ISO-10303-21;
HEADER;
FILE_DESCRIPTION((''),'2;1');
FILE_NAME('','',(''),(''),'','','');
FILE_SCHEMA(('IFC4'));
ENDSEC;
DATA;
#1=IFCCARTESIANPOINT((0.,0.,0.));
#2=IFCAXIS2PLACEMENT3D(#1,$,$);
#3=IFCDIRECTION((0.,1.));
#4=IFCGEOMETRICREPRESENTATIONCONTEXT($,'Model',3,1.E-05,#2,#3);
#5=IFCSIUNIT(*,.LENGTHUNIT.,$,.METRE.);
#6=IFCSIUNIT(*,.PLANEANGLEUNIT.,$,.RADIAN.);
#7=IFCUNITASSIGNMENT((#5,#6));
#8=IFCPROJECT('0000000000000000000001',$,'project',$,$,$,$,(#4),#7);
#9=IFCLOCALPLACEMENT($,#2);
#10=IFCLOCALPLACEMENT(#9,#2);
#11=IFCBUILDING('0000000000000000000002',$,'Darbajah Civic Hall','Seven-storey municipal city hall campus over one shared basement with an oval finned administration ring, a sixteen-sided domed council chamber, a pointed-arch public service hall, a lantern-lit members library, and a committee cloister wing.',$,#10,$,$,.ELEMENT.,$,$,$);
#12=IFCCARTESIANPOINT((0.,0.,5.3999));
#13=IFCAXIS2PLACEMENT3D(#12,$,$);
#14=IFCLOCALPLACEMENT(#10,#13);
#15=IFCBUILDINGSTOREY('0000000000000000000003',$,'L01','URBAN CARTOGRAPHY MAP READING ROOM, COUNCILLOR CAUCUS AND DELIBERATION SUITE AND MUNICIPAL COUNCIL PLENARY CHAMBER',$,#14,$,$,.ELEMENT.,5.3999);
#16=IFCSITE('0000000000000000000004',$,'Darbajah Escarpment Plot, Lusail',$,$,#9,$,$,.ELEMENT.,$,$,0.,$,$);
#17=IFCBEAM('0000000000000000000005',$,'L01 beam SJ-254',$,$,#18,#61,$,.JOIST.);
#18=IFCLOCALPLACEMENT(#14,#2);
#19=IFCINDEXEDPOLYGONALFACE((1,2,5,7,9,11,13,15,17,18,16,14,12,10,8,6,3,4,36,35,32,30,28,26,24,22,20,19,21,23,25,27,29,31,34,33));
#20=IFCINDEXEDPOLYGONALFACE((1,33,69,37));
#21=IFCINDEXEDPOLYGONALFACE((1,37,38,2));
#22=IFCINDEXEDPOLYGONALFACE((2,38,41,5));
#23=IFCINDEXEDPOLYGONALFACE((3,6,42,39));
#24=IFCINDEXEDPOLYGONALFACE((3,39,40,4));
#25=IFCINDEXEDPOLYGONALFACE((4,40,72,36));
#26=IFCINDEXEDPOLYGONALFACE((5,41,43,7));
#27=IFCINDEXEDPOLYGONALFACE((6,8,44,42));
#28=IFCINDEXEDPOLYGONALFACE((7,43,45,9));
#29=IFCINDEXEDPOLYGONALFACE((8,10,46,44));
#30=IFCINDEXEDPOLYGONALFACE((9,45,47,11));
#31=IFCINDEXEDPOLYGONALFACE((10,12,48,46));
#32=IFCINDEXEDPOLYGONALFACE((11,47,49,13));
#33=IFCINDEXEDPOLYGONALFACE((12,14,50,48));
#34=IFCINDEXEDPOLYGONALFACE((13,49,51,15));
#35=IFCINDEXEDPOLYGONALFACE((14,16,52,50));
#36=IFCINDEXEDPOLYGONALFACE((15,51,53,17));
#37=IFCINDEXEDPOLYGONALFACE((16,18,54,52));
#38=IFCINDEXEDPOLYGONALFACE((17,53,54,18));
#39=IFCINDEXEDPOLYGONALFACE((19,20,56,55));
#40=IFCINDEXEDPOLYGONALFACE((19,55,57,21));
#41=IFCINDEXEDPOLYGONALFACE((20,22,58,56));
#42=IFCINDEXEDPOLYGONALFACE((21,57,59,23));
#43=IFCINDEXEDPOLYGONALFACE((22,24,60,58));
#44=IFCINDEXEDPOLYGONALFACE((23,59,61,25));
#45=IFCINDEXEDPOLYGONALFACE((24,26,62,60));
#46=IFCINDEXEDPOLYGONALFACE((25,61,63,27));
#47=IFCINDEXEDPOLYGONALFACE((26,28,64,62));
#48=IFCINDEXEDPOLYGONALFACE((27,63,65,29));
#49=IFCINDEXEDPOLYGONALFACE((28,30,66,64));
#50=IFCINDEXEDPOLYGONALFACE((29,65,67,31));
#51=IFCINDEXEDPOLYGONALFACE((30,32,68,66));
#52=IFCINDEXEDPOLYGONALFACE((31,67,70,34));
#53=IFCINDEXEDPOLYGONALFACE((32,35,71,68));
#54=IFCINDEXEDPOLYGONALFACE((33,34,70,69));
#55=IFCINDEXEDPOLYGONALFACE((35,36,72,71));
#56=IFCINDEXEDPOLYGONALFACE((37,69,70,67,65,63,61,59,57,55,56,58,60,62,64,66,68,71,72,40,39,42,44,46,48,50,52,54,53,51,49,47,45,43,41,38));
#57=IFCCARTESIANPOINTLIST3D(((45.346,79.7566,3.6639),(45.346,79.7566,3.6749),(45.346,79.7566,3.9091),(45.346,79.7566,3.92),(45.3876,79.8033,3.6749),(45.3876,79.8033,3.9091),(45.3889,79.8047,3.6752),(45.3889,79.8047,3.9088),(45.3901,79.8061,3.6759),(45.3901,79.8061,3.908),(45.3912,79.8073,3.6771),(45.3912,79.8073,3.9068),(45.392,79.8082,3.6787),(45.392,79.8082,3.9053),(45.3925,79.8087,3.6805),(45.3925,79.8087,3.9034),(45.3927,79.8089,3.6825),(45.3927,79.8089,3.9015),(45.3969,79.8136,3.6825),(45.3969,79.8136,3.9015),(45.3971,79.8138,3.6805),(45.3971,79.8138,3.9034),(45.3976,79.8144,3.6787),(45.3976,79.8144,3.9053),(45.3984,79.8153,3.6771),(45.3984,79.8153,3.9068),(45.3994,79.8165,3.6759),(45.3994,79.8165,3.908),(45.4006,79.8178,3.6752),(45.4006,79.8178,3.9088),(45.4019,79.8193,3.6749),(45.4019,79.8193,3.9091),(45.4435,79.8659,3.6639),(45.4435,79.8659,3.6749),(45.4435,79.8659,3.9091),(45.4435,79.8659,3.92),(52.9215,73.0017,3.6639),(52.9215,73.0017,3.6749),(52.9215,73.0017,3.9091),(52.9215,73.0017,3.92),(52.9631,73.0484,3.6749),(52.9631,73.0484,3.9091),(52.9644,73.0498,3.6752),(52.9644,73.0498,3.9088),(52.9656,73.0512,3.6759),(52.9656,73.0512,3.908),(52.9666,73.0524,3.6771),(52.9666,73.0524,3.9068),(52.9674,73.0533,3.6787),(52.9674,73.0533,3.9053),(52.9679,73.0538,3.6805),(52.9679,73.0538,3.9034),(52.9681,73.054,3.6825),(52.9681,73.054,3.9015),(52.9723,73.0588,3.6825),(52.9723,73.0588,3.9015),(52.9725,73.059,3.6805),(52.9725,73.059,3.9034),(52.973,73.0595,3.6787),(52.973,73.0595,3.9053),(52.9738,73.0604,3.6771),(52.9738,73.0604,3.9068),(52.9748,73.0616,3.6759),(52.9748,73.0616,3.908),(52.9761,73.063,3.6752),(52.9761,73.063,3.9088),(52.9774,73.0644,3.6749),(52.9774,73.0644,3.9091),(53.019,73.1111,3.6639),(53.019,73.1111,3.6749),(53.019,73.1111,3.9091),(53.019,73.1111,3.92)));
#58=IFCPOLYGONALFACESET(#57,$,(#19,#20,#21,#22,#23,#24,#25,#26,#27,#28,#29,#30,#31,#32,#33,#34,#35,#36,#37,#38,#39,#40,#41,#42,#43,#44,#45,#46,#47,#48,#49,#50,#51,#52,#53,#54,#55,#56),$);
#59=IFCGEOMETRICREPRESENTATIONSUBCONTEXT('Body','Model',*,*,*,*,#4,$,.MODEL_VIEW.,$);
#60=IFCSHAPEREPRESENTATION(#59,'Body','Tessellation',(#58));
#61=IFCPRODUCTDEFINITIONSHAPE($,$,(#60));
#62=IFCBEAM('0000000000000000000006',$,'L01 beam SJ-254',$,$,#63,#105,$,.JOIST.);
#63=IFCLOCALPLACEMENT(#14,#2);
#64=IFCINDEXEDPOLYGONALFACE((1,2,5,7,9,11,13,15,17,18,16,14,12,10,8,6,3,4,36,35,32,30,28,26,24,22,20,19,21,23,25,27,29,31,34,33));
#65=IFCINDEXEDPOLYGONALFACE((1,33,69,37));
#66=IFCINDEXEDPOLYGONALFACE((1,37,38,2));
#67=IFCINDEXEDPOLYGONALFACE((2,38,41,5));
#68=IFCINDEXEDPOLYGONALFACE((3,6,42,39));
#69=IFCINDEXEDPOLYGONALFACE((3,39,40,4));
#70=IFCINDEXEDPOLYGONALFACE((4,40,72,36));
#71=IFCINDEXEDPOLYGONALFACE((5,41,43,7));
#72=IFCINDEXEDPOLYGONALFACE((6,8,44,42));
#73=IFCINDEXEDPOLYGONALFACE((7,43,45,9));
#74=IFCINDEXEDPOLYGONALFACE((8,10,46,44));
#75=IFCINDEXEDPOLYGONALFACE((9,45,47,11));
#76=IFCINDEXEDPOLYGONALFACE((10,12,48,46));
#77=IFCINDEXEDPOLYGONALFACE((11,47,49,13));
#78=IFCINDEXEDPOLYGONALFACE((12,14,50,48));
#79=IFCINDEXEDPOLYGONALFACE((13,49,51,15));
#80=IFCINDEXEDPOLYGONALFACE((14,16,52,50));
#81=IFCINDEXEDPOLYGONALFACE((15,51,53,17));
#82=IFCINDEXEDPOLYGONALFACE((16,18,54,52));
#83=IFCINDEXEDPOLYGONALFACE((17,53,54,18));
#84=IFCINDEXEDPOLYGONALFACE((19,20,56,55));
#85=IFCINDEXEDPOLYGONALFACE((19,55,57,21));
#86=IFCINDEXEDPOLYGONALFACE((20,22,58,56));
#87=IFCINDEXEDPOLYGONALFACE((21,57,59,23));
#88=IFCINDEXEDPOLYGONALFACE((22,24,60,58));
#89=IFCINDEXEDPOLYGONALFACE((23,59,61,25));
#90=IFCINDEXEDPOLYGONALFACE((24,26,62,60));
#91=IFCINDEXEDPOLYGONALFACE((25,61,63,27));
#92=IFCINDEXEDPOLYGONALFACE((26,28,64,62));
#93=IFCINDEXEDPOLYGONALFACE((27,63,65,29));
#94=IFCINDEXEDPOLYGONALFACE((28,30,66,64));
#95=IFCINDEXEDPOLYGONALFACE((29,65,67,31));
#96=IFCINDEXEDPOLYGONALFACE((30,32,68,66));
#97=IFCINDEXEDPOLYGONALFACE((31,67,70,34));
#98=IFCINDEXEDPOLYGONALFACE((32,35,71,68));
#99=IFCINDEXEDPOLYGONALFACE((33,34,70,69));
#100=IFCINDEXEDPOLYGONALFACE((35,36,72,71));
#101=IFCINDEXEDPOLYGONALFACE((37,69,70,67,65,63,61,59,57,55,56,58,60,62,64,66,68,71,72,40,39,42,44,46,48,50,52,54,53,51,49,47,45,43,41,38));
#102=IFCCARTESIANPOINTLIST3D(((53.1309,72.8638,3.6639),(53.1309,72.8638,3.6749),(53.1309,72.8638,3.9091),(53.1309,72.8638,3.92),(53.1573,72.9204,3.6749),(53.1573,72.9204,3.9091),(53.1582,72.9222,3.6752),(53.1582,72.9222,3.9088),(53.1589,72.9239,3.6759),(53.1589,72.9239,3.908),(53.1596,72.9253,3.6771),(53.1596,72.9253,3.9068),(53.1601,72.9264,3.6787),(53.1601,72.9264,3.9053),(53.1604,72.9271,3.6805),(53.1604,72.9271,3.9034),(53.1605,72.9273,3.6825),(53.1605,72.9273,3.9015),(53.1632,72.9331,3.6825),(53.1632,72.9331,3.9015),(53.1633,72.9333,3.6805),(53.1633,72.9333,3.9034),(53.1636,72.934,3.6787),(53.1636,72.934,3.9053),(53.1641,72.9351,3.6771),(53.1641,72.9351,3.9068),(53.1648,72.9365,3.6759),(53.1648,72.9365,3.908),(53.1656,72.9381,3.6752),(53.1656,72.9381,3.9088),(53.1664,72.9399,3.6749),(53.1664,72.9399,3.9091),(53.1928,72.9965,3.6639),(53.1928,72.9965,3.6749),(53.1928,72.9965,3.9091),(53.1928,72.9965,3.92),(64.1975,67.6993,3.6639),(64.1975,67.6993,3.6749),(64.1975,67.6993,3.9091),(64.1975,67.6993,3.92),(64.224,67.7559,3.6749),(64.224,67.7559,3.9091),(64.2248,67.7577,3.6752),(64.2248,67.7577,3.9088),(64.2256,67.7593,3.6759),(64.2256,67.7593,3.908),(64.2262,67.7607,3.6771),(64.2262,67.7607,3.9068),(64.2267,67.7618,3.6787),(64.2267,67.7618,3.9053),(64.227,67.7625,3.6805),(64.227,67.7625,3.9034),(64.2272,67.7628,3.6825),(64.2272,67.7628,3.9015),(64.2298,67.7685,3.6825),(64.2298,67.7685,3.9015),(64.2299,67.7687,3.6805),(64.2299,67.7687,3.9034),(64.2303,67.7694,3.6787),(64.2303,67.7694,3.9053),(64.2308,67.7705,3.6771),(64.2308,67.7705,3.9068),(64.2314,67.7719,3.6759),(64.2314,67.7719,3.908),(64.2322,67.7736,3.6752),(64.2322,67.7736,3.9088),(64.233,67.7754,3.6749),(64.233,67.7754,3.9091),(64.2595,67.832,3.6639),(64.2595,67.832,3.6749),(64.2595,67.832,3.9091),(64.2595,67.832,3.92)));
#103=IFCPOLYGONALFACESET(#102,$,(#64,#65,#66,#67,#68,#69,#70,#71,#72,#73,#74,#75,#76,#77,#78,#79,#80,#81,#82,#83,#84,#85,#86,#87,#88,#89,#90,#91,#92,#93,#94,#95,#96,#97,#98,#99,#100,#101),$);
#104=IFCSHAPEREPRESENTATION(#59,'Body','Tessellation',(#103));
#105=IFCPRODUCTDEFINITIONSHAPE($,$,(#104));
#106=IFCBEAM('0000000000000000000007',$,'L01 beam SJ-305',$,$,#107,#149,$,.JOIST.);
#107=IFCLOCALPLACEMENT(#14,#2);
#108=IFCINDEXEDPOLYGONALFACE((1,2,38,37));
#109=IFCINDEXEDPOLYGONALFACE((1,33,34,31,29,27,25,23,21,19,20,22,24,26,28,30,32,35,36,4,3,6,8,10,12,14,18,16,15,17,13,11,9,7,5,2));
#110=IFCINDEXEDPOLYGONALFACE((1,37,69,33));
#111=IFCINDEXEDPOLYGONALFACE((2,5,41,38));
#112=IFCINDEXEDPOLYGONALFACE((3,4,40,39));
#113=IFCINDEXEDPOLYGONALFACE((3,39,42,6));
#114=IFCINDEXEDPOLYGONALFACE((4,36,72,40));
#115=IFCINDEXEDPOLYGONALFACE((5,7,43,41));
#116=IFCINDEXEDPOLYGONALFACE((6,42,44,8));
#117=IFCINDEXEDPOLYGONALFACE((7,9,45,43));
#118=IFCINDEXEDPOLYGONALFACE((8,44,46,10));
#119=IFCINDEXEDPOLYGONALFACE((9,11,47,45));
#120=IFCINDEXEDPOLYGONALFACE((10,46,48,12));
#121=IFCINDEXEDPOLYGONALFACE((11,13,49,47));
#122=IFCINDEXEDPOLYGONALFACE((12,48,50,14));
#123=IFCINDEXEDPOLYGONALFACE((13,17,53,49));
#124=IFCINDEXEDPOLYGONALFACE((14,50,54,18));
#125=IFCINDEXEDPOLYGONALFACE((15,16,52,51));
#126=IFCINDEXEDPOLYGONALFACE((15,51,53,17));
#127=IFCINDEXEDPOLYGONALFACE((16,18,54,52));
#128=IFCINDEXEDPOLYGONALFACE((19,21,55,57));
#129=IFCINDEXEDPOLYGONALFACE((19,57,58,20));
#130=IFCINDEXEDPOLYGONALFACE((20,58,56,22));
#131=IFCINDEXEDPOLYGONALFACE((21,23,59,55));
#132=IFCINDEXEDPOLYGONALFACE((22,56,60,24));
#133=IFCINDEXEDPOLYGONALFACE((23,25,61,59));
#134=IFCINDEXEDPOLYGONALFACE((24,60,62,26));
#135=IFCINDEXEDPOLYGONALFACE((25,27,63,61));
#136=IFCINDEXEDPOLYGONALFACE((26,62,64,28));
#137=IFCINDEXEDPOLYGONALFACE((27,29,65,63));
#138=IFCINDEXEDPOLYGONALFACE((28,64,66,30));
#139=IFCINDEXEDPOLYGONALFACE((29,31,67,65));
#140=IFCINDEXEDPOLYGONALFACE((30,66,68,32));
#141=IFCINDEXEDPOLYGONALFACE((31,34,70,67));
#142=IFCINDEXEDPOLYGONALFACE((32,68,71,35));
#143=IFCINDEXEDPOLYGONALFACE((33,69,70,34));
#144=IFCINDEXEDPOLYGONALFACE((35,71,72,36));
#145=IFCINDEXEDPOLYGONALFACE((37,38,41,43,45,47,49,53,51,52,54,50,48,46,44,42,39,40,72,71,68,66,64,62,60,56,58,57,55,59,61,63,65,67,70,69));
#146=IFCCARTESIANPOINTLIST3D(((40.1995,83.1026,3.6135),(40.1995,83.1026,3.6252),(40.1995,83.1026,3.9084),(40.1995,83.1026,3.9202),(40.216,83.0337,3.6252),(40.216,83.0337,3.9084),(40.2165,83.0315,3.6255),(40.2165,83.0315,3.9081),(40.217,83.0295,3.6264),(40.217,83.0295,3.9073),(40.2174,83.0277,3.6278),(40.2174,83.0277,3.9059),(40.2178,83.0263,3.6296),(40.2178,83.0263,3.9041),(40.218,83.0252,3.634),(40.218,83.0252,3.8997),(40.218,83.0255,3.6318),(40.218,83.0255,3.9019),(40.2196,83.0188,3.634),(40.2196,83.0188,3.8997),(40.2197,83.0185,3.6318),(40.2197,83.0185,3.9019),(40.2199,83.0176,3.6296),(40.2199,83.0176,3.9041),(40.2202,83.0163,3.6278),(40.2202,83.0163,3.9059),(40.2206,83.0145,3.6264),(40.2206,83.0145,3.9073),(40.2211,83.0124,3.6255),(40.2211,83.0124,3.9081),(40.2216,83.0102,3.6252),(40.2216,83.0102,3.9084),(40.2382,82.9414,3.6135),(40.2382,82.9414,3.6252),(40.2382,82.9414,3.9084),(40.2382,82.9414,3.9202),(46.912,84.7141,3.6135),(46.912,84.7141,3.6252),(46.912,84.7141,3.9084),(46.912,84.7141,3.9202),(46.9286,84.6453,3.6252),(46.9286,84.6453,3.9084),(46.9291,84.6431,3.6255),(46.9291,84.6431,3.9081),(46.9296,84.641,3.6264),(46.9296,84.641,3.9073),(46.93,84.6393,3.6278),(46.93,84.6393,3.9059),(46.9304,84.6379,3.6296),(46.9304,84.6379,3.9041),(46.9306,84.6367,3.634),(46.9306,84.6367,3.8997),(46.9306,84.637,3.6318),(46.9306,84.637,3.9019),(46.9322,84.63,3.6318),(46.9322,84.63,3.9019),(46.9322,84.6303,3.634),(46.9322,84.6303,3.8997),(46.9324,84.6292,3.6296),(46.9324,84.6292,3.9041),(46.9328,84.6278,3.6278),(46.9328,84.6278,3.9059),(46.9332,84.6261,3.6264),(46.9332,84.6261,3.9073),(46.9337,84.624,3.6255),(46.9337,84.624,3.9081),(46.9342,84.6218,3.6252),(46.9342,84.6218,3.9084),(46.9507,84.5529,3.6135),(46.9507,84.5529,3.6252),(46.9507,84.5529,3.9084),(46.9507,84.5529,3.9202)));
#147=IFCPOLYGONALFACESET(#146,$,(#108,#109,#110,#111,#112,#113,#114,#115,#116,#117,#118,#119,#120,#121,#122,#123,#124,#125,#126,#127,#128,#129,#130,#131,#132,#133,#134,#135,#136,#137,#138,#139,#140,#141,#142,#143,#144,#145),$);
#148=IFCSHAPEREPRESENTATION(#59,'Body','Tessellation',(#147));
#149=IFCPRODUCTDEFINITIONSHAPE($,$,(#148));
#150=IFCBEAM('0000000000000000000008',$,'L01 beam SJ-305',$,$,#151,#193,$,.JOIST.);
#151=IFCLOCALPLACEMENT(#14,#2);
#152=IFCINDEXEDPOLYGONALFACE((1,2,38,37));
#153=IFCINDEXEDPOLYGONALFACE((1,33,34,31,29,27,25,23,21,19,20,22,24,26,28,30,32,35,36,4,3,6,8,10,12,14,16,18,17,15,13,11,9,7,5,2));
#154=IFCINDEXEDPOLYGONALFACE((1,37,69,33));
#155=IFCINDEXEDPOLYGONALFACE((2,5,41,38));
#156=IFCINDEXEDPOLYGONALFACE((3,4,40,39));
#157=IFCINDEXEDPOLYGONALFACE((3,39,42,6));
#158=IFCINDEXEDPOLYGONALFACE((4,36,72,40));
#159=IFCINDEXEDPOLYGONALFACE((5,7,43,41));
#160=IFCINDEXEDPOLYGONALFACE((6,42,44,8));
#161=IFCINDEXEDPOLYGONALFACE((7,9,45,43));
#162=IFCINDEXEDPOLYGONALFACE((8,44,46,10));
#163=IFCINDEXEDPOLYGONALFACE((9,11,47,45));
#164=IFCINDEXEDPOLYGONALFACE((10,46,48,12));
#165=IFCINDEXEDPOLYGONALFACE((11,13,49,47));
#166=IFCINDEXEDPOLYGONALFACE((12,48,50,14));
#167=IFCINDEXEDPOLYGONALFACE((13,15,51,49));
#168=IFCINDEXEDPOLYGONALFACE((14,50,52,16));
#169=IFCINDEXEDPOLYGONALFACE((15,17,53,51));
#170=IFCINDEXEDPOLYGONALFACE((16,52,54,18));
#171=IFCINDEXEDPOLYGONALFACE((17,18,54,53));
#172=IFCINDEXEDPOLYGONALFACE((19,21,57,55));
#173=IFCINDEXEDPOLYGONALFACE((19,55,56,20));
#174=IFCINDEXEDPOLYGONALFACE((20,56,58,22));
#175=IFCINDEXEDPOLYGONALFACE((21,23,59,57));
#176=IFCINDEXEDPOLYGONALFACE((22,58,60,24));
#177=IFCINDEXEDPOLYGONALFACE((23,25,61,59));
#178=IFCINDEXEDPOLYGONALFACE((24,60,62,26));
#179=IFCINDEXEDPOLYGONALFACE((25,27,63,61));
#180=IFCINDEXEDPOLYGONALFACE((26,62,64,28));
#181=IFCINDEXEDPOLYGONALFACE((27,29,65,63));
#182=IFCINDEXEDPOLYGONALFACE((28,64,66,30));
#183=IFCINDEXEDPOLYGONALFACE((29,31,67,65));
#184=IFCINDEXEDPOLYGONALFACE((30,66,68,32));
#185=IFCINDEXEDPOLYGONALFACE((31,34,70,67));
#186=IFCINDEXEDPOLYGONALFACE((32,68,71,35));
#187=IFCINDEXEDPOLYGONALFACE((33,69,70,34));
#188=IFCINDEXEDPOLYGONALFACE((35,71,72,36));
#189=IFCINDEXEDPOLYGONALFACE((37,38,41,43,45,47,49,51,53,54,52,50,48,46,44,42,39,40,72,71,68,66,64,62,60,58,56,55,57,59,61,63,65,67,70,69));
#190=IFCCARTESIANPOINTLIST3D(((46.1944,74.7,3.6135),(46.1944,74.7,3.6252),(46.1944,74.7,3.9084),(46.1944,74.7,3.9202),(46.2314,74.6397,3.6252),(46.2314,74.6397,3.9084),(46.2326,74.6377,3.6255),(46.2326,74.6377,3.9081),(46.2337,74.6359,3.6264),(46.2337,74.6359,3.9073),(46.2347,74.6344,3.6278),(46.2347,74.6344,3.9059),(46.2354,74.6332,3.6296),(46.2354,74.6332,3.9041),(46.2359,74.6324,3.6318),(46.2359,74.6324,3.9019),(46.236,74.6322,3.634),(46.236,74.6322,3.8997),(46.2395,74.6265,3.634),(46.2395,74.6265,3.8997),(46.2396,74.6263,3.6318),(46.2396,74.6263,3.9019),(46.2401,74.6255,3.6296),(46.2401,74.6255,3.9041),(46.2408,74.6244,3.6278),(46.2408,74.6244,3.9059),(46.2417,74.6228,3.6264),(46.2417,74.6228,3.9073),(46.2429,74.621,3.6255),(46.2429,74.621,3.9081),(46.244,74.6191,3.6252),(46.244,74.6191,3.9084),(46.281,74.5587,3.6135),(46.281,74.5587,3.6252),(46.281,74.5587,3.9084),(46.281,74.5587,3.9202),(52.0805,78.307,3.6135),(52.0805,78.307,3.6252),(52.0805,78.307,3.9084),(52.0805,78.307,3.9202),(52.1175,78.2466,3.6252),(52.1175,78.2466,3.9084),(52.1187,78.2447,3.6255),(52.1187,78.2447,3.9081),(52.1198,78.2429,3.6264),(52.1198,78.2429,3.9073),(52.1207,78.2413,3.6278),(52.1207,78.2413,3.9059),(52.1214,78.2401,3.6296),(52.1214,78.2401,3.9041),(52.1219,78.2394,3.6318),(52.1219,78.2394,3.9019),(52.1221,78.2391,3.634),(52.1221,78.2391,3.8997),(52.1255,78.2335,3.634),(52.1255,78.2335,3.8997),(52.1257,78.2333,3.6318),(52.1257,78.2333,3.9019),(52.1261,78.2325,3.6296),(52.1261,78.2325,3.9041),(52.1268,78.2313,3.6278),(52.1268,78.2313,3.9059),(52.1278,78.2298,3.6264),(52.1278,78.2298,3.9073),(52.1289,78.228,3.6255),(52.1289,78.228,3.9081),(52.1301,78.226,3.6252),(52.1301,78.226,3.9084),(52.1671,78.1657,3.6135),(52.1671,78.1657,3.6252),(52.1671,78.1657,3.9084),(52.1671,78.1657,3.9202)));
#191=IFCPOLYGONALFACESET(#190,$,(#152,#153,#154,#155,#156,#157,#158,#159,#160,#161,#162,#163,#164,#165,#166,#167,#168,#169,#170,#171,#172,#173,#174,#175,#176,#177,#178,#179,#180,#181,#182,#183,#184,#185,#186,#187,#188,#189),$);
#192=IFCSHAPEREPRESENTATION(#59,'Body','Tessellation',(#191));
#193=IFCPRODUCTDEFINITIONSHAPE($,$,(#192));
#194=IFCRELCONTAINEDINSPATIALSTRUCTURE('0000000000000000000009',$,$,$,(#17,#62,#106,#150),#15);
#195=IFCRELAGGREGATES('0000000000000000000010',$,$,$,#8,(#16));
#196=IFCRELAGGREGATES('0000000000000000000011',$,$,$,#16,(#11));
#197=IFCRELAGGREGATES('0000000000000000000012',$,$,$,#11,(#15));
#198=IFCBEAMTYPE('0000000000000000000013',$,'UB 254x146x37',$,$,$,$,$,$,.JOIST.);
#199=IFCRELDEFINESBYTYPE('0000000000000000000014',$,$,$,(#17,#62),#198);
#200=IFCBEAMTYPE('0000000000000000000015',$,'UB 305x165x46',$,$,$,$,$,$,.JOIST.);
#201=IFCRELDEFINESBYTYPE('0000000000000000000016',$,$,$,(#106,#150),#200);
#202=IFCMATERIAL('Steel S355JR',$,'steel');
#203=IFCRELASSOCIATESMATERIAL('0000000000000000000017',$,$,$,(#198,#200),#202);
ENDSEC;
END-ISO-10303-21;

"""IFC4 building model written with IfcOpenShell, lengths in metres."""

from ifc_helpers import new_model, si_unit, direction, frame, origin, origin_2d, place, context, subcontext, project, spatial, i_section, extrude, material, material_profile, profile_set, type_object, element, save


model = new_model("IFC4")

# Units and contexts
model_context = context("Model", 3, precision=1e-05, world=origin(), true_north=direction((0.0, 1.0)))
body_context = subcontext(model_context, "Body", "Model", "MODEL_VIEW")
ifc_project = project(units=[si_unit("LENGTHUNIT", "METRE"), si_unit("PLANEANGLEUNIT", "RADIAN")], contexts=[model_context])

# Site, building, storey
site_placement = place(None, origin())
site = spatial("IfcSite", under=ifc_project, at=site_placement, Name="Darbajah Escarpment Plot, Lusail", CompositionType="ELEMENT", RefElevation=0.0)
building_placement = place(site_placement, origin())
building = spatial("IfcBuilding", under=site, at=building_placement, Name="Darbajah Civic Hall", Description="Seven-storey municipal city hall campus over one shared basement with an oval finned administration ring, a sixteen-sided domed council chamber, a pointed-arch public service hall, a lantern-lit members library, and a committee cloister wing.", CompositionType="ELEMENT")
storey_placement = place(building_placement, frame((0.0, 0.0, 5.3999)))
storey = spatial("IfcBuildingStorey", under=building, at=storey_placement, Name="L01", Description="URBAN CARTOGRAPHY MAP READING ROOM, COUNCILLOR CAUCUS AND DELIBERATION SUITE AND MUNICIPAL COUNCIL PLENARY CHAMBER", CompositionType="ELEMENT", Elevation=5.3999)

# Beams
ifc_material_1 = material(Name="Steel S355JR", Category="steel")
ifc_material_profile_1 = material_profile(ifc_material_1, i_section(OverallWidth=0.1465, OverallDepth=0.2561, WebThickness=0.0063, FlangeThickness=0.011, FilletRadius=0.0076, at=origin_2d()), Name="UB 254x146x37")
ifc_profile_set_1 = profile_set([ifc_material_profile_1], Name="Steel S355JR")
beam_type_1 = type_object("IfcBeamType", Name="UB 254x146x37", PredefinedType="JOIST", material=ifc_profile_set_1)
beam_1_placement = place(storey_placement, frame((45.3948, 79.8113, 3.792), z_axis=(0.746373, -0.665528, 0.0), x_axis=(0.665528, 0.746373, 0.0)))
element("IfcBeam", 1, at=beam_1_placement, inside=storey, type_object=beam_type_1, Name="L01 beam SJ-254", PredefinedType="JOIST", context=body_context, shape_type="SweptSolid", body=[
    extrude(i_section(OverallWidth=0.1465, OverallDepth=0.2561, WebThickness=0.0063, FlangeThickness=0.011, FilletRadius=0.0076, at=origin_2d()), origin(), (0.0, 0.0, 1.0), 10.1497),
])
beam_2_placement = place(storey_placement, frame((53.1619, 72.9302, 3.792), z_axis=(0.90618, -0.422893, 0.0), x_axis=(0.422893, 0.90618, 0.0)))
element("IfcBeam", 2, at=beam_2_placement, inside=storey, type_object=beam_type_1, Name="L01 beam SJ-254", PredefinedType="JOIST", context=body_context, shape_type="SweptSolid", body=[
    extrude(i_section(OverallWidth=0.1465, OverallDepth=0.2561, WebThickness=0.0063, FlangeThickness=0.011, FilletRadius=0.0076, at=origin_2d()), origin(), (0.0, 0.0, 1.0), 12.2124),
])
ifc_material_profile_2 = material_profile(ifc_material_1, i_section(OverallWidth=0.1658, OverallDepth=0.3066, WebThickness=0.0066, FlangeThickness=0.0117, FilletRadius=0.0088, at=origin_2d()), Name="UB 305x165x46")
ifc_profile_set_2 = profile_set([ifc_material_profile_2], Name="Steel S355JR")
beam_type_2 = type_object("IfcBeamType", Name="UB 305x165x46", PredefinedType="JOIST", material=ifc_profile_set_2)
for number, where, z_axis, x_axis, name in (
    (3, (46.9314, 84.6335, 3.7668), (-0.97237, -0.233447, 0.0), (0.233447, -0.97237, 0.0), "L01 beam SJ-305"),
    (4, (52.1238, 78.2363, 3.7668), (-0.85264, -0.522498, 0.0), (0.522498, -0.85264, 0.0), "L01 beam SJ-305"),
):
    element("IfcBeam", number, at=place(storey_placement, frame(where, z_axis=z_axis, x_axis=x_axis)), inside=storey, type_object=beam_type_2, Name=name, PredefinedType="JOIST", context=body_context, shape_type="SweptSolid", body=[
        extrude(i_section(OverallWidth=0.1658, OverallDepth=0.3066, WebThickness=0.0066, FlangeThickness=0.0117, FilletRadius=0.0088, at=origin_2d()), origin(), (0.0, 0.0, 1.0), 6.9033),
    ])

save(model, "model.ifc")
